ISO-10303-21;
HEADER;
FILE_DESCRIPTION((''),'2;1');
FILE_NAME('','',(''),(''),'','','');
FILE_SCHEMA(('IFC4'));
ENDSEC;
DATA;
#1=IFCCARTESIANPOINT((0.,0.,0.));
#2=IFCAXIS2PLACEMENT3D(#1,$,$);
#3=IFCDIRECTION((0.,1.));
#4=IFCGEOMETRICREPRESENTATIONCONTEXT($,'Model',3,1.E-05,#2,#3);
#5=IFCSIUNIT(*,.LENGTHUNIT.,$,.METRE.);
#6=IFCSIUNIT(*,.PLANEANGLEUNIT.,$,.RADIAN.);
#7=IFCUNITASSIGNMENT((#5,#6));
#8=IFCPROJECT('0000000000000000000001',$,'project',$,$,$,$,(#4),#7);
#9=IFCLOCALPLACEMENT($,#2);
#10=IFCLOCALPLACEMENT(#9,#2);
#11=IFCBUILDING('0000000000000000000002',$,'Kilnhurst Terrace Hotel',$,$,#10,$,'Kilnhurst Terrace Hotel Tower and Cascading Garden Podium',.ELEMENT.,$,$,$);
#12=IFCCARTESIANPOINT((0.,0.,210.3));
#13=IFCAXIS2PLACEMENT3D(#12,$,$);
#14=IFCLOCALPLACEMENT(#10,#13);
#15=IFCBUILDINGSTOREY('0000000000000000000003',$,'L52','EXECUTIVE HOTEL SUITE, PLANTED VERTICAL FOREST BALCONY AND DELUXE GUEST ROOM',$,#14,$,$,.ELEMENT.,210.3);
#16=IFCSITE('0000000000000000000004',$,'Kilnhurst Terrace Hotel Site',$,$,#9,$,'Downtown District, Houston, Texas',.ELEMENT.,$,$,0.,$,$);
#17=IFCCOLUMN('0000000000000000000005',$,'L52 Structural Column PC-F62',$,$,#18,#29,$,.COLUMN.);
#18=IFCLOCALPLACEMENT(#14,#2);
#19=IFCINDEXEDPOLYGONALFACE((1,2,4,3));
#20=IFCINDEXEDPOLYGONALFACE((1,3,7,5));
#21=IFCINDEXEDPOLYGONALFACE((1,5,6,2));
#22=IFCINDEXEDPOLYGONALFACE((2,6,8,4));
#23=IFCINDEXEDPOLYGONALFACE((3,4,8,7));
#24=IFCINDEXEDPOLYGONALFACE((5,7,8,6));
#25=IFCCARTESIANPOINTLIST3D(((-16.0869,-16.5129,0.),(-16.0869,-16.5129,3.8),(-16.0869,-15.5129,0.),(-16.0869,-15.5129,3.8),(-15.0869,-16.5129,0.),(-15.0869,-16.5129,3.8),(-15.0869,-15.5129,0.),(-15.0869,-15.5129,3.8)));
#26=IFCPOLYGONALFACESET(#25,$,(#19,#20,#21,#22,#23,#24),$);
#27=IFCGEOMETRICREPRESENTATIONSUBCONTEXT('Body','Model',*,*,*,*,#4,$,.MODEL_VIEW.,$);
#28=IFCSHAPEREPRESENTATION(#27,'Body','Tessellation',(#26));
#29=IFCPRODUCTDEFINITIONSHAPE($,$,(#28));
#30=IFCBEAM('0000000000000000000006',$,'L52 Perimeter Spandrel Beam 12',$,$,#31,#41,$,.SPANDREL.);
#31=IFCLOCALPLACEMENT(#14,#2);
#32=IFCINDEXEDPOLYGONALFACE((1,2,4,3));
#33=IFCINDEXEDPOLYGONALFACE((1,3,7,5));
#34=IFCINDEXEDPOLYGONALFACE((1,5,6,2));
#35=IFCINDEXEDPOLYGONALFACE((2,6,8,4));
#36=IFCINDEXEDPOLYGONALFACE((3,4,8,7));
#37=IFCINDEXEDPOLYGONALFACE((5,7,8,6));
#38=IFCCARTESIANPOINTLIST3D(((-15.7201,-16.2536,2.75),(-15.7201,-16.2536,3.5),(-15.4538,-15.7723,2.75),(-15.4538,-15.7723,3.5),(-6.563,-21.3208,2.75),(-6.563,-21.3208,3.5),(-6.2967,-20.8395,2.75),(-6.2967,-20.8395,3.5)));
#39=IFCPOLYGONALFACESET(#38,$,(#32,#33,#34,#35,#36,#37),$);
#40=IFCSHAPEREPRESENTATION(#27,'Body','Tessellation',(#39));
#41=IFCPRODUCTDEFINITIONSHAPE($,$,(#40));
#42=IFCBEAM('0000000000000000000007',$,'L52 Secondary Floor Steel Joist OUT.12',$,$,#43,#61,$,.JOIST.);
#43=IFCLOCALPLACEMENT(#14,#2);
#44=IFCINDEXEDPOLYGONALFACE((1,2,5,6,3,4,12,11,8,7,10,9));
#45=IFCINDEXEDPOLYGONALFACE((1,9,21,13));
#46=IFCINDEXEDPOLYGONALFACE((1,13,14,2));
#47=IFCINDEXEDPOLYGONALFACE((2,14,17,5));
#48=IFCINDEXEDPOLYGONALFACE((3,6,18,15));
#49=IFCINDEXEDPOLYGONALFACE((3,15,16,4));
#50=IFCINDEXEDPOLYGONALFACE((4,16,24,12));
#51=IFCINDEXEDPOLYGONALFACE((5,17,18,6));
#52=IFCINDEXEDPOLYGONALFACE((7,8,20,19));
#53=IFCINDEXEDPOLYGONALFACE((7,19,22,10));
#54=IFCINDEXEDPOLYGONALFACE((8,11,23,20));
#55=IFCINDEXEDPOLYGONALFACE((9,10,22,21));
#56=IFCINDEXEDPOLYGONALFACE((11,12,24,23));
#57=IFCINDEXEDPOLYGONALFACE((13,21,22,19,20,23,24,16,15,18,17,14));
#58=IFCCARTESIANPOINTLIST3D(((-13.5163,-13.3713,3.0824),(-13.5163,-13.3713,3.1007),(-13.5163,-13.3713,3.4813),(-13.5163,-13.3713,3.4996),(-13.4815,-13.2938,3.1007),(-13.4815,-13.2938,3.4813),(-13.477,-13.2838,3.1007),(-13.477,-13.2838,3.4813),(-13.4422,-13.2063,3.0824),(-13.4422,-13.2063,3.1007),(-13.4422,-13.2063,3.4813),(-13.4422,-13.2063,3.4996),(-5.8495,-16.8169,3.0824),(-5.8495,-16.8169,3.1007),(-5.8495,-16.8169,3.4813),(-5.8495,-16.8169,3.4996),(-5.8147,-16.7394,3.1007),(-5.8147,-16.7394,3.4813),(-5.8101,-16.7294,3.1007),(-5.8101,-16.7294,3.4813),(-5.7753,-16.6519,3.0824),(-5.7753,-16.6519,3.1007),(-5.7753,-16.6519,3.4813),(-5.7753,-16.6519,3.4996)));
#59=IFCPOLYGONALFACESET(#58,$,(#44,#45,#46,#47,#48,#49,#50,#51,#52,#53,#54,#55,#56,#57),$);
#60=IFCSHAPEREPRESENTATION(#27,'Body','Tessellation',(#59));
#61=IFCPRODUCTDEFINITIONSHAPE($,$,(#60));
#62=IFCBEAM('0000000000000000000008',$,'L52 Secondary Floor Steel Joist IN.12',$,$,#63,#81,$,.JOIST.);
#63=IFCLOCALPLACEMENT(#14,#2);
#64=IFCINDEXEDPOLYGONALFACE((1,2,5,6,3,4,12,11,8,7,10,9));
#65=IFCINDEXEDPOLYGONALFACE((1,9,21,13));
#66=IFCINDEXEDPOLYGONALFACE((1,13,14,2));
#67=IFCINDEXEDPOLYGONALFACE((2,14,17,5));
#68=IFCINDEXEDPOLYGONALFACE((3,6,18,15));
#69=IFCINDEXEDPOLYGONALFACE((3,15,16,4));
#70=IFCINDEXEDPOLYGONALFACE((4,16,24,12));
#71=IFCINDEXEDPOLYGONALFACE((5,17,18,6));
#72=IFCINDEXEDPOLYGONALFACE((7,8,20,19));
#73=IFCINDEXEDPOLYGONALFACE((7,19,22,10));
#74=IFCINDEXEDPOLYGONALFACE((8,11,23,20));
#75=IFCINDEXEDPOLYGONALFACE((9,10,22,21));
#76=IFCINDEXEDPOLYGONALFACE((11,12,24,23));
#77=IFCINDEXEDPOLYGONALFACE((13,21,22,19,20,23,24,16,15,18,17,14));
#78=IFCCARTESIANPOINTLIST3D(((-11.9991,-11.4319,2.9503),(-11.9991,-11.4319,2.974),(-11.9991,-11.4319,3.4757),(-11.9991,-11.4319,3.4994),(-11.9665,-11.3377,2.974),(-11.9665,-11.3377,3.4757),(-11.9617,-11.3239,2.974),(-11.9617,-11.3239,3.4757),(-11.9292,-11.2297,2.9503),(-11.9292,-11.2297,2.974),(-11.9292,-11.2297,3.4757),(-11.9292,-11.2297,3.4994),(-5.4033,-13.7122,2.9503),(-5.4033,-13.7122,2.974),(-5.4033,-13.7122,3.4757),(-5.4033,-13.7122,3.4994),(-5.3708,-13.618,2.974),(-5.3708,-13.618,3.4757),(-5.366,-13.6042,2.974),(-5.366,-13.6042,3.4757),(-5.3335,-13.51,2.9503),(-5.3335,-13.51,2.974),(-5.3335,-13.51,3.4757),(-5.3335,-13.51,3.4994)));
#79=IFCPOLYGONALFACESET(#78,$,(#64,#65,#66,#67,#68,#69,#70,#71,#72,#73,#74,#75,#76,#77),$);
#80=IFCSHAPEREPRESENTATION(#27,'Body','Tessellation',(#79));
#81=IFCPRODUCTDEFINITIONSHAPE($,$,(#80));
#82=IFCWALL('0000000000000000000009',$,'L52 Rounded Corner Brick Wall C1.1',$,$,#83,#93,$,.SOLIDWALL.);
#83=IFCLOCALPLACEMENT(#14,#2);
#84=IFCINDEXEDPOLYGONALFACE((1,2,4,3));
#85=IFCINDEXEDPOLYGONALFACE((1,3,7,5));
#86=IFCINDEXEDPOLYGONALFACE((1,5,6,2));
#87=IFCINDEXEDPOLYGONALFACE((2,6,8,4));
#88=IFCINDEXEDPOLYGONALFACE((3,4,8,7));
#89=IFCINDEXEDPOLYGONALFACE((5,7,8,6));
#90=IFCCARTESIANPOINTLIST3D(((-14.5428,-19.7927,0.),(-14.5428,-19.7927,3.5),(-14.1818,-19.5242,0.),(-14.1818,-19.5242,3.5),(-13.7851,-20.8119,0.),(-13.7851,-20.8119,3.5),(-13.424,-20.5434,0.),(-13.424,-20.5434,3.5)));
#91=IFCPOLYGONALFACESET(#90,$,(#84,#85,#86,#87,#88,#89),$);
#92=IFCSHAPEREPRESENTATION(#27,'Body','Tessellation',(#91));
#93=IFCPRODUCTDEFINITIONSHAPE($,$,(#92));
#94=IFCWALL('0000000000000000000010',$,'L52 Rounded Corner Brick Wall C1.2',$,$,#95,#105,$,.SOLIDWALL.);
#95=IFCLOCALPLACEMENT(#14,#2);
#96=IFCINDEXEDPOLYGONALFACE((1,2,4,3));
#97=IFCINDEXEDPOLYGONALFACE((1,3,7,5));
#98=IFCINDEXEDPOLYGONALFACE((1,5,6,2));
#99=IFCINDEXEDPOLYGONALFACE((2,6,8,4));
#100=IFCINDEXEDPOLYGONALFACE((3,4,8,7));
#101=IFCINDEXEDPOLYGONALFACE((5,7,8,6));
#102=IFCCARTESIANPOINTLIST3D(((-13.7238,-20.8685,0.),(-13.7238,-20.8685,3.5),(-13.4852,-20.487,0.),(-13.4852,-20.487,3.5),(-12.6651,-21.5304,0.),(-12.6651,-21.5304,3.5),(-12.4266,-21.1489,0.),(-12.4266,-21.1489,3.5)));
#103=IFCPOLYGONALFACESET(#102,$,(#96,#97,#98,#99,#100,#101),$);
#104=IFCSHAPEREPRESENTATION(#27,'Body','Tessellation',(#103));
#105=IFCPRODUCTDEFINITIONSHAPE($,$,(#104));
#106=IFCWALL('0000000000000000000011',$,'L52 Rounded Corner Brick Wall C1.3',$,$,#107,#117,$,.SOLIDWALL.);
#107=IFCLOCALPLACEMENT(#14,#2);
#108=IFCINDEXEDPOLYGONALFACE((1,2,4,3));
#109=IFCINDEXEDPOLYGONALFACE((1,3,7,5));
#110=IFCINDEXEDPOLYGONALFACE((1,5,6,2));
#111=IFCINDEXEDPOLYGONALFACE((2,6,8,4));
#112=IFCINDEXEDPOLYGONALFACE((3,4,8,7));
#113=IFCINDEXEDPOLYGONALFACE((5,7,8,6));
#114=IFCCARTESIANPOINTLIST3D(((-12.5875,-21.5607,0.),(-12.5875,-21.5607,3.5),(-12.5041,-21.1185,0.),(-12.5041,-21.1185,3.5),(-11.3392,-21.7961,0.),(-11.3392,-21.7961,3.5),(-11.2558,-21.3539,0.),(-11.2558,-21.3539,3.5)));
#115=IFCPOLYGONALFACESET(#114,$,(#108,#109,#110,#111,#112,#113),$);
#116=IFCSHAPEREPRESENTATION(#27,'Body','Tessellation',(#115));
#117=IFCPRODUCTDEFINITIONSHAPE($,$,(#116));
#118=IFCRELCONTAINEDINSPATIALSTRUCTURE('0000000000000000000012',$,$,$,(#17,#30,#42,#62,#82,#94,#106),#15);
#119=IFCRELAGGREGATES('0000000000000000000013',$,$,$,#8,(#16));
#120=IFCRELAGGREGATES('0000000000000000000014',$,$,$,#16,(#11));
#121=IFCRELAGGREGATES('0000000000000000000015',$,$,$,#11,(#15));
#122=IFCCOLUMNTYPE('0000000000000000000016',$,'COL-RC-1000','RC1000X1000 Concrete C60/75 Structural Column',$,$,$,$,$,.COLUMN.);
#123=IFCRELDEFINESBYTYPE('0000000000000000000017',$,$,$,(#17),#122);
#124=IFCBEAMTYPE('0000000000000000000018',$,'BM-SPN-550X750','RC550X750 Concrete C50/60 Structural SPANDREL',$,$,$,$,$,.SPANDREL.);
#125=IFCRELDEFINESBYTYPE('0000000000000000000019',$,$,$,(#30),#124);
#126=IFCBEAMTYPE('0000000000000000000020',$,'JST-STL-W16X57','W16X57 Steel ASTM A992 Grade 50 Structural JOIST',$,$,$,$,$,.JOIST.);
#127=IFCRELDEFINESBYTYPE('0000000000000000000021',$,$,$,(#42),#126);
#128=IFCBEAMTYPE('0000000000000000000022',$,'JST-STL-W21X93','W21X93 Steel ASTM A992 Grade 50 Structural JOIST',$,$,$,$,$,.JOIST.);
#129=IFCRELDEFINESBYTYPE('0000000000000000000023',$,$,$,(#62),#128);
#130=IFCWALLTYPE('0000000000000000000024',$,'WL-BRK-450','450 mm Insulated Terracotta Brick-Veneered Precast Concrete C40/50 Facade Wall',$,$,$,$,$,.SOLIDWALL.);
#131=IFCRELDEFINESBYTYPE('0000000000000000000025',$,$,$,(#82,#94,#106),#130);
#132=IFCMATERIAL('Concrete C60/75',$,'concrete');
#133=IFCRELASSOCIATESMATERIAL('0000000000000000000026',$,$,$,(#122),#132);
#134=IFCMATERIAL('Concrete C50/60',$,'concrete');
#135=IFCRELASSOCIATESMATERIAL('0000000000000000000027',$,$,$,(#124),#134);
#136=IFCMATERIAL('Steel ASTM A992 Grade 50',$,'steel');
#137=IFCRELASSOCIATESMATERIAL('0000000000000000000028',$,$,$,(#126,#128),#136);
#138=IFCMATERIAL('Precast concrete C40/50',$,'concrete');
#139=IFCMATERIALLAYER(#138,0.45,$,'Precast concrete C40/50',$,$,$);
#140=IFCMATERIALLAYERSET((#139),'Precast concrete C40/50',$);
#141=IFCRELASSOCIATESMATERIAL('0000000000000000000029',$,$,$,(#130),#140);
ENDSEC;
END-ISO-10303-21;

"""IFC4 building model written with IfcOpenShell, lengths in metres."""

from ifc_helpers import new_model, si_unit, direction, frame, frame_2d, origin, origin_2d, place, context, subcontext, project, spatial, rectangle, i_section, extrude, material, layer, layer_set, material_profile, profile_set, type_object, element, save


model = new_model("IFC4")

# Units and contexts
model_context = context("Model", 3, precision=1e-05, world=origin(), true_north=direction((0.0, 1.0)))
body_context = subcontext(model_context, "Body", "Model", "MODEL_VIEW")
ifc_project = project(units=[si_unit("LENGTHUNIT", "METRE"), si_unit("PLANEANGLEUNIT", "RADIAN")], contexts=[model_context])

# Site, building, storey
site_placement = place(None, origin())
site = spatial("IfcSite", under=ifc_project, at=site_placement, Name="Kilnhurst Terrace Hotel Site", LongName="Downtown District, Houston, Texas", CompositionType="ELEMENT", RefElevation=0.0)
building_placement = place(site_placement, origin())
building = spatial("IfcBuilding", under=site, at=building_placement, Name="Kilnhurst Terrace Hotel", LongName="Kilnhurst Terrace Hotel Tower and Cascading Garden Podium", CompositionType="ELEMENT")
storey_placement = place(building_placement, frame((0.0, 0.0, 210.3)))
storey = spatial("IfcBuildingStorey", under=building, at=storey_placement, Name="L52", Description="EXECUTIVE HOTEL SUITE, PLANTED VERTICAL FOREST BALCONY AND DELUXE GUEST ROOM", CompositionType="ELEMENT", Elevation=210.3)

# Column
ifc_material_1 = material(Name="Concrete C60/75", Category="concrete")
ifc_material_profile_1 = material_profile(ifc_material_1, rectangle(XDim=1.0, YDim=1.0, at=origin_2d()), Name="RC1000X1000")
ifc_profile_set_1 = profile_set([ifc_material_profile_1], Name="Concrete C60/75")
column_type = type_object("IfcColumnType", Name="COL-RC-1000", Description="RC1000X1000 Concrete C60/75 Structural Column", PredefinedType="COLUMN", material=ifc_profile_set_1)
column_placement = place(storey_placement, frame((-15.5869, -16.0129, 0.0), z_axis=(0.0, 0.0, 1.0), x_axis=(1.0, 0.0, 0.0)))
element("IfcColumn", 1, at=column_placement, inside=storey, type_object=column_type, Name="L52 Structural Column PC-F62", PredefinedType="COLUMN", context=body_context, shape_type="SweptSolid", body=[
    extrude(rectangle(XDim=1.0, YDim=1.0, at=origin_2d()), origin(), (0.0, 0.0, 1.0), 3.8),
])

# Beams
ifc_material_2 = material(Name="Concrete C50/60", Category="concrete")
ifc_material_profile_2 = material_profile(ifc_material_2, rectangle(XDim=0.55, YDim=0.75, at=origin_2d()), Name="RC550X750")
ifc_profile_set_2 = profile_set([ifc_material_profile_2], Name="Concrete C50/60")
beam_type_1 = type_object("IfcBeamType", Name="BM-SPN-550X750", Description="RC550X750 Concrete C50/60 Structural SPANDREL", PredefinedType="SPANDREL", material=ifc_profile_set_2)
beam_1_placement = place(storey_placement, frame((-15.5869, -16.0129, 3.125), z_axis=(0.87497, -0.484177, 0.0), x_axis=(0.484177, 0.87497, 0.0)))
element("IfcBeam", 2, at=beam_1_placement, inside=storey, type_object=beam_type_1, Name="L52 Perimeter Spandrel Beam 12", PredefinedType="SPANDREL", context=body_context, shape_type="SweptSolid", body=[
    extrude(rectangle(XDim=0.55, YDim=0.75, at=origin_2d()), origin(), (0.0, 0.0, 1.0), 10.4656),
])
ifc_material_3 = material(Name="Steel ASTM A992 Grade 50", Category="steel")
ifc_material_profile_3 = material_profile(ifc_material_3, i_section(OverallWidth=0.1809, OverallDepth=0.4172, WebThickness=0.011, FlangeThickness=0.0183, at=origin_2d()), Name="W16X57")
ifc_profile_set_3 = profile_set([ifc_material_profile_3], Name="Steel ASTM A992 Grade 50")
beam_type_2 = type_object("IfcBeamType", Name="JST-STL-W16X57", Description="W16X57 Steel ASTM A992 Grade 50 Structural JOIST", PredefinedType="JOIST", material=ifc_profile_set_3)
beam_2_placement = place(storey_placement, frame((-13.4792, -13.2888, 3.291), z_axis=(0.912121, -0.409921, 0.0), x_axis=(0.409921, 0.912121, 0.0)))
element("IfcBeam", 3, at=beam_2_placement, inside=storey, type_object=beam_type_2, Name="L52 Secondary Floor Steel Joist OUT.12", PredefinedType="JOIST", context=body_context, shape_type="SweptSolid", body=[
    extrude(i_section(OverallWidth=0.1809, OverallDepth=0.4172, WebThickness=0.011, FlangeThickness=0.0183, at=origin_2d()), origin(), (0.0, 0.0, 1.0), 8.4055),
])
ifc_material_profile_4 = material_profile(ifc_material_3, i_section(OverallWidth=0.2139, OverallDepth=0.5491, WebThickness=0.0146, FlangeThickness=0.0237, at=origin_2d()), Name="W21X93")
ifc_profile_set_4 = profile_set([ifc_material_profile_4], Name="Steel ASTM A992 Grade 50")
beam_type_3 = type_object("IfcBeamType", Name="JST-STL-W21X93", Description="W21X93 Steel ASTM A992 Grade 50 Structural JOIST", PredefinedType="JOIST", material=ifc_profile_set_4)
beam_3_placement = place(storey_placement, frame((-11.9641, -11.3308, 3.2249), z_axis=(0.945112, -0.326745, 0.0), x_axis=(0.326745, 0.945112, 0.0)))
element("IfcBeam", 4, at=beam_3_placement, inside=storey, type_object=beam_type_3, Name="L52 Secondary Floor Steel Joist IN.12", PredefinedType="JOIST", context=body_context, shape_type="SweptSolid", body=[
    extrude(i_section(OverallWidth=0.2139, OverallDepth=0.5491, WebThickness=0.0146, FlangeThickness=0.0237, at=origin_2d()), origin(), (0.0, 0.0, 1.0), 6.9788),
])

# Walls
ifc_material_4 = material(Name="Precast concrete C40/50", Category="concrete")
ifc_layer_1 = layer(ifc_material_4, 0.45, Name="Precast concrete C40/50")
ifc_layer_set_1 = layer_set([ifc_layer_1], Name="Precast concrete C40/50")
wall_type_1 = type_object("IfcWallType", Name="WL-BRK-450", Description="450 mm Insulated Terracotta Brick-Veneered Precast Concrete C40/50 Facade Wall", PredefinedType="SOLIDWALL", material=ifc_layer_set_1)
wall_1_placement = place(storey_placement, frame((-14.3623, -19.6584, 0.0), z_axis=(0.0, 0.0, 1.0), x_axis=(0.596642, -0.802507, 0.0)))
element("IfcWall", 5, at=wall_1_placement, inside=storey, type_object=wall_type_1, Name="L52 Rounded Corner Brick Wall C1.1", PredefinedType="SOLIDWALL", context=body_context, shape_type="SweptSolid", body=[
    extrude(rectangle(XDim=1.27, YDim=0.45, at=frame_2d((0.635, 0.0))), origin(), (0.0, 0.0, 1.0), 3.5),
])
wall_2_placement = place(storey_placement, frame((-13.6045, -20.6777, 0.0), z_axis=(0.0, 0.0, 1.0), x_axis=(0.84791, -0.53014, 0.0)))
element("IfcWall", 6, at=wall_2_placement, inside=storey, type_object=wall_type_1, Name="L52 Rounded Corner Brick Wall C1.2", PredefinedType="SOLIDWALL", context=body_context, shape_type="SweptSolid", body=[
    extrude(rectangle(XDim=1.2485, YDim=0.45, at=frame_2d((0.6243, 0.0))), origin(), (0.0, 0.0, 1.0), 3.5),
])
wall_3_placement = place(storey_placement, frame((-12.5459, -21.3396, 0.0), z_axis=(0.0, 0.0, 1.0), x_axis=(0.982687, -0.185275, 0.0)))
element("IfcWall", 7, at=wall_3_placement, inside=storey, type_object=wall_type_1, Name="L52 Rounded Corner Brick Wall C1.3", PredefinedType="SOLIDWALL", context=body_context, shape_type="SweptSolid", body=[
    extrude(rectangle(XDim=1.2703, YDim=0.45, at=frame_2d((0.6353, 0.0))), origin(), (0.0, 0.0, 1.0), 3.5),
])

save(model, "model.ifc")
